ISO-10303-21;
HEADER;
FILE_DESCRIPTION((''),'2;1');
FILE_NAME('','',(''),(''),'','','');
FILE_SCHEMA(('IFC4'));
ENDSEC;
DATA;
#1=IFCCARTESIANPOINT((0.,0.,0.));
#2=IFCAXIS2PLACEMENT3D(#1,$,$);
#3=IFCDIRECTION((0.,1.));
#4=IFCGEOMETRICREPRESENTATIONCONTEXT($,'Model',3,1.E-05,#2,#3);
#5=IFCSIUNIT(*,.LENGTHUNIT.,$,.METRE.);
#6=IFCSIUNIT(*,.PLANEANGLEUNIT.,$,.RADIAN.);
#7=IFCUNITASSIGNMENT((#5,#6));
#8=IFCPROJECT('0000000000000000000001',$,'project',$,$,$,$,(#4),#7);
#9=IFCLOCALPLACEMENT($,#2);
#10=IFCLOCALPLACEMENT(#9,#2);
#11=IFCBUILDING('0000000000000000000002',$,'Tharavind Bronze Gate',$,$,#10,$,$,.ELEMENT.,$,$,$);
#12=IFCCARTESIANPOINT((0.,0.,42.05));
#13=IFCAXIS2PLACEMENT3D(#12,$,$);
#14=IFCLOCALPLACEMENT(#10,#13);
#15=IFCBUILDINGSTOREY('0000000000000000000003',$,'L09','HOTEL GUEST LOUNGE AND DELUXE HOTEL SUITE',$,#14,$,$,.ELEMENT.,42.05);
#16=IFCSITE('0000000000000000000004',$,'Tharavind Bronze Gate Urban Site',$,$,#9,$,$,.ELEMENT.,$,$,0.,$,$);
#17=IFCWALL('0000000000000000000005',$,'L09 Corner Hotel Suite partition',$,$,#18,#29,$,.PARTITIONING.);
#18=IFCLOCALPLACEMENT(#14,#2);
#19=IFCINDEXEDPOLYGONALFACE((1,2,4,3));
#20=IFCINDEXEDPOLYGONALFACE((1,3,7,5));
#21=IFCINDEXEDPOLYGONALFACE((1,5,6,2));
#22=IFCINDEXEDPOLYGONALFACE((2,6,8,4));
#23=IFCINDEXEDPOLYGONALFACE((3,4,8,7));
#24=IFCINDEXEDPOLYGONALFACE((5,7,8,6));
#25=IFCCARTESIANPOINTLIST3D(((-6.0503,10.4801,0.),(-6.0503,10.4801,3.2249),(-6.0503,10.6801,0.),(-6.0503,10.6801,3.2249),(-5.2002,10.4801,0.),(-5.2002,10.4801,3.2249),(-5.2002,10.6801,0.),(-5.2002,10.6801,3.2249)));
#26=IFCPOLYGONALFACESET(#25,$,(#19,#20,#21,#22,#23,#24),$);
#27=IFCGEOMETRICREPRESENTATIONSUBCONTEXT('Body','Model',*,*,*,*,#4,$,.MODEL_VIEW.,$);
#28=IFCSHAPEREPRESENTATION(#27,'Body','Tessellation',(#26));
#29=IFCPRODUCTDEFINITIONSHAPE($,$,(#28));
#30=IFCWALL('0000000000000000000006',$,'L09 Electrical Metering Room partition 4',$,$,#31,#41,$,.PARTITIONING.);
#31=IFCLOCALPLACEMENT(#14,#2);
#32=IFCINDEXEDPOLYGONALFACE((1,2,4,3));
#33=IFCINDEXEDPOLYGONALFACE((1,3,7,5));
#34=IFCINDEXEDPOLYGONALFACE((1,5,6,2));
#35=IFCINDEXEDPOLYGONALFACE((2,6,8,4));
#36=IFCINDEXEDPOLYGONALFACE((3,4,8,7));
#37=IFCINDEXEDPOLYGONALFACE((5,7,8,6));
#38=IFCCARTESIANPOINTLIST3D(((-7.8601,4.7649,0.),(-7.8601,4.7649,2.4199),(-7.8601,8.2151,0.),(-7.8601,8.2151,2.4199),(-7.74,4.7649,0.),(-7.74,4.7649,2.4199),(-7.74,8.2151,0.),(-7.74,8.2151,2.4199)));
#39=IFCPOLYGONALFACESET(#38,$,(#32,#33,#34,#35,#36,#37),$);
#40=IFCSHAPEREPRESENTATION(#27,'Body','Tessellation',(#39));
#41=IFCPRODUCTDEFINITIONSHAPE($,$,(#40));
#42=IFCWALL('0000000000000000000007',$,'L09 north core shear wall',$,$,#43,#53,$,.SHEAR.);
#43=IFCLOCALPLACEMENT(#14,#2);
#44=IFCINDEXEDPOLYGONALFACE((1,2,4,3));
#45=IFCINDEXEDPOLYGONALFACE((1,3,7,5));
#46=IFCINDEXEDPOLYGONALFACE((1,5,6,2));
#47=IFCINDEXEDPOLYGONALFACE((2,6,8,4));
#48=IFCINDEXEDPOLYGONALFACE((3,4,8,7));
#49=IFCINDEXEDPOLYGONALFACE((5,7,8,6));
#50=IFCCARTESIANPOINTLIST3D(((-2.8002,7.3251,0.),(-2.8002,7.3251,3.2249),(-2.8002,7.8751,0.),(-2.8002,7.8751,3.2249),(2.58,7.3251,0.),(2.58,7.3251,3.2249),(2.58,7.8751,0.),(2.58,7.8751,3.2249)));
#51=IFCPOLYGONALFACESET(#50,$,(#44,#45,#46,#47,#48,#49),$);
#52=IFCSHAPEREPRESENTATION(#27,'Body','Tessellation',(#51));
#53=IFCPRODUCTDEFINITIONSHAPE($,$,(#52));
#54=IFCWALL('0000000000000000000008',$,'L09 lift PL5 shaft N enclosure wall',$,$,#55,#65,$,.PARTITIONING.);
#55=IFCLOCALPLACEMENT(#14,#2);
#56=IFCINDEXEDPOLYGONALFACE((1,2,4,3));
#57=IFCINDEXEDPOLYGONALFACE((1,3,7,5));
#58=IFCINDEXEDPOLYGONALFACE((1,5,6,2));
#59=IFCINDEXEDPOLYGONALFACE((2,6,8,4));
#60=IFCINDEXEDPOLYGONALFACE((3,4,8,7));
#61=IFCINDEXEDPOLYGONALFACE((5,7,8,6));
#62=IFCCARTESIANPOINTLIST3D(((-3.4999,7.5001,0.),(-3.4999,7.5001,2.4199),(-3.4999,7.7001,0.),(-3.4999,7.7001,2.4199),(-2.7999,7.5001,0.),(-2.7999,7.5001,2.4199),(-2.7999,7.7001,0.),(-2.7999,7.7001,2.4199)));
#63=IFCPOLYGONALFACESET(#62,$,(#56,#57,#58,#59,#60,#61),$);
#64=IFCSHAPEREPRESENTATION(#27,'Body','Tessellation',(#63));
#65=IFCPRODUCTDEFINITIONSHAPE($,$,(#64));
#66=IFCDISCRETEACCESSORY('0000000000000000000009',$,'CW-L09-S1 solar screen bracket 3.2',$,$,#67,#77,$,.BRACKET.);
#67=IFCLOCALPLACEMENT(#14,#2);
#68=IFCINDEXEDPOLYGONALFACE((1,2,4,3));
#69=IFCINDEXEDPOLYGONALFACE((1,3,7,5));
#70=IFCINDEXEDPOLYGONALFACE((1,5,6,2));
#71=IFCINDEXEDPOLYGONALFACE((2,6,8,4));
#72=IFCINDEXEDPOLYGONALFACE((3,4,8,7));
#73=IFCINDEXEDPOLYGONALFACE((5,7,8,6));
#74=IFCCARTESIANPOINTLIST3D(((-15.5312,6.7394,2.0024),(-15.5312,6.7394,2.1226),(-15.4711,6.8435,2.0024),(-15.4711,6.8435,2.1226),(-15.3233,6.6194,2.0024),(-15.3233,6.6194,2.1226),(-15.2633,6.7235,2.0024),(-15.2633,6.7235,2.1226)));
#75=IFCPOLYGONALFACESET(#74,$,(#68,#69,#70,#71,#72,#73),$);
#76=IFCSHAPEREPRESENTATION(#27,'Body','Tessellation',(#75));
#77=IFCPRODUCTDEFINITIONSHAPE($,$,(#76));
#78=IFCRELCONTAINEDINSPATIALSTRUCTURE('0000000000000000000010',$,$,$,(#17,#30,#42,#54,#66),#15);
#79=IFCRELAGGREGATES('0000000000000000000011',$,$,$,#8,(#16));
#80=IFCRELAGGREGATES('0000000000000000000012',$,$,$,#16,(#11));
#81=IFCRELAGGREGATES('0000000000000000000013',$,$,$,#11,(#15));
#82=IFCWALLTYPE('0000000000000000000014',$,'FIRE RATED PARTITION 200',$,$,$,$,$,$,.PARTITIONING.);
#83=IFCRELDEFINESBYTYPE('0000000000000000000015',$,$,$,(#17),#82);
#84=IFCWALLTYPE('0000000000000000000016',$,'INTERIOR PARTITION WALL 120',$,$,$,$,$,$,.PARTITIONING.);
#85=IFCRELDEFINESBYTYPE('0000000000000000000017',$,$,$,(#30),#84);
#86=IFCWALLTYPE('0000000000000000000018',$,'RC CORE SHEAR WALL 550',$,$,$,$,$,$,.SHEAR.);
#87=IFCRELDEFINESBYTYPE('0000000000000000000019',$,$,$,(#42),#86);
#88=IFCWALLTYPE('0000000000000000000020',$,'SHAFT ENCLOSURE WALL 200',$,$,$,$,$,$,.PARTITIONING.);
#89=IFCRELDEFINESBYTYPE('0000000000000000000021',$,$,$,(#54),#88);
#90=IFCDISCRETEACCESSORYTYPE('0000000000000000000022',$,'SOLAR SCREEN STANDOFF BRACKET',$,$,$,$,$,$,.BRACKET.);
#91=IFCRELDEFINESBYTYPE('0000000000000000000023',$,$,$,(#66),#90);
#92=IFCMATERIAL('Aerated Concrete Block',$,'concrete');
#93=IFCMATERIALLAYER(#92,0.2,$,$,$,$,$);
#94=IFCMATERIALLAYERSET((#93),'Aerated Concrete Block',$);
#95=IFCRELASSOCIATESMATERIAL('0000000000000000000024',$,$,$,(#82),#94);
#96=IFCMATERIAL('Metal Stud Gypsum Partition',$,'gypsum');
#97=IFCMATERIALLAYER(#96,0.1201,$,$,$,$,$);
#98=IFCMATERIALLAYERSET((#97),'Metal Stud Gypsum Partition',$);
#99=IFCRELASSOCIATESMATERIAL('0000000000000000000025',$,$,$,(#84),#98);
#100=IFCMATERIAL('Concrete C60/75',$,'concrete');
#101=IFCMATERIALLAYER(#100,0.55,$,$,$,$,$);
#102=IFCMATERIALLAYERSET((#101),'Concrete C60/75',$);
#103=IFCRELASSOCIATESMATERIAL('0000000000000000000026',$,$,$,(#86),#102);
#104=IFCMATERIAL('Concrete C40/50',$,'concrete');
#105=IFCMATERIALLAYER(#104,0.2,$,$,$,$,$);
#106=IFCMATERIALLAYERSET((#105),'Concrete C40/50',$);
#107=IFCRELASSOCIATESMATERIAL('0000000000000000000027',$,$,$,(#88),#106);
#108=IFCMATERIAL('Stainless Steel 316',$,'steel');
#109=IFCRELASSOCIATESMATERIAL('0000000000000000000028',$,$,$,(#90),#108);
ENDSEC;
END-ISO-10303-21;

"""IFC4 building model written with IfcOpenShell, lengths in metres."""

from ifc_helpers import new_model, si_unit, direction, frame, frame_2d, origin, origin_2d, place, context, subcontext, project, spatial, rectangle, extrude, material, layer, layer_set, type_object, element, save


model = new_model("IFC4")

# Units and contexts
model_context = context("Model", 3, precision=1e-05, world=origin(), true_north=direction((0.0, 1.0)))
body_context = subcontext(model_context, "Body", "Model", "MODEL_VIEW")
ifc_project = project(units=[si_unit("LENGTHUNIT", "METRE"), si_unit("PLANEANGLEUNIT", "RADIAN")], contexts=[model_context])

# Site, building, storey
site_placement = place(None, origin())
site = spatial("IfcSite", under=ifc_project, at=site_placement, Name="Tharavind Bronze Gate Urban Site", CompositionType="ELEMENT", RefElevation=0.0)
building_placement = place(site_placement, origin())
building = spatial("IfcBuilding", under=site, at=building_placement, Name="Tharavind Bronze Gate", CompositionType="ELEMENT")
storey_placement = place(building_placement, frame((0.0, 0.0, 42.05)))
storey = spatial("IfcBuildingStorey", under=building, at=storey_placement, Name="L09", Description="HOTEL GUEST LOUNGE AND DELUXE HOTEL SUITE", CompositionType="ELEMENT", Elevation=42.05)

# Shared definitions
ifc_material_1 = material(Name="Aerated Concrete Block", Category="concrete")
ifc_layer_1 = layer(ifc_material_1, 0.2)
ifc_layer_set_1 = layer_set([ifc_layer_1], Name="Aerated Concrete Block")
wall_type_1 = type_object("IfcWallType", Name="FIRE RATED PARTITION 200", PredefinedType="PARTITIONING", material=ifc_layer_set_1)

# Wall
wall_1_placement = place(storey_placement, frame((-5.2002, 10.5801, 0.0), z_axis=(0.0, 0.0, 1.0), x_axis=(-1.0, 0.0, 0.0)))
element("IfcWall", 1, at=wall_1_placement, inside=storey, type_object=wall_type_1, Name="L09 Corner Hotel Suite partition", PredefinedType="PARTITIONING", context=body_context, shape_type="SweptSolid", body=[
    extrude(rectangle(XDim=0.8501, YDim=0.2, at=frame_2d((0.425, 0.0))), origin(), (0.0, 0.0, 1.0), 3.2249),
])

# Walls
ifc_material_2 = material(Name="Metal Stud Gypsum Partition", Category="gypsum")
ifc_layer_2 = layer(ifc_material_2, 0.1201)
ifc_layer_set_2 = layer_set([ifc_layer_2], Name="Metal Stud Gypsum Partition")
wall_type_2 = type_object("IfcWallType", Name="INTERIOR PARTITION WALL 120", PredefinedType="PARTITIONING", material=ifc_layer_set_2)
wall_2_placement = place(storey_placement, frame((-7.8, 8.2151, 0.0), z_axis=(0.0, 0.0, 1.0), x_axis=(0.0, -1.0, 0.0)))
element("IfcWall", 2, at=wall_2_placement, inside=storey, type_object=wall_type_2, Name="L09 Electrical Metering Room partition 4", PredefinedType="PARTITIONING", context=body_context, shape_type="SweptSolid", body=[
    extrude(rectangle(XDim=3.4502, YDim=0.1201, at=frame_2d((1.7251, 0.0))), origin(), (0.0, 0.0, 1.0), 2.4199),
])
ifc_material_3 = material(Name="Concrete C60/75", Category="concrete")
ifc_layer_3 = layer(ifc_material_3, 0.55)
ifc_layer_set_3 = layer_set([ifc_layer_3], Name="Concrete C60/75")
wall_type_3 = type_object("IfcWallType", Name="RC CORE SHEAR WALL 550", PredefinedType="SHEAR", material=ifc_layer_set_3)
wall_3_placement = place(storey_placement, frame((-2.8, 7.6001, 0.0), z_axis=(0.0, 0.0, 1.0), x_axis=(1.0, 0.0, 0.0)))
element("IfcWall", 3, at=wall_3_placement, inside=storey, type_object=wall_type_3, Name="L09 north core shear wall", PredefinedType="SHEAR", context=body_context, shape_type="SweptSolid", body=[
    extrude(rectangle(XDim=5.3801, YDim=0.55, at=frame_2d((2.6899, 0.0))), origin(), (0.0, 0.0, 1.0), 3.2249),
])
ifc_material_4 = material(Name="Concrete C40/50", Category="concrete")
ifc_layer_4 = layer(ifc_material_4, 0.2)
ifc_layer_set_4 = layer_set([ifc_layer_4], Name="Concrete C40/50")
wall_type_4 = type_object("IfcWallType", Name="SHAFT ENCLOSURE WALL 200", PredefinedType="PARTITIONING", material=ifc_layer_set_4)
wall_4_placement = place(storey_placement, frame((-3.5, 7.6001, 0.0), z_axis=(0.0, 0.0, 1.0), x_axis=(1.0, 0.0, 0.0)))
element("IfcWall", 4, at=wall_4_placement, inside=storey, type_object=wall_type_4, Name="L09 lift PL5 shaft N enclosure wall", PredefinedType="PARTITIONING", context=body_context, shape_type="SweptSolid", body=[
    extrude(rectangle(XDim=0.7, YDim=0.2, at=frame_2d((0.3501, 0.0))), origin(), (0.0, 0.0, 1.0), 2.4199),
])

# Discrete accessory
ifc_material_5 = material(Name="Stainless Steel 316", Category="steel")
discrete_accessory_type = type_object("IfcDiscreteAccessoryType", Name="SOLAR SCREEN STANDOFF BRACKET", PredefinedType="BRACKET", material=ifc_material_5)
discrete_accessory_placement = place(storey_placement, frame((-15.3972, 6.7314, 2.0024), z_axis=(0.0, 0.0, 1.0), x_axis=(-0.500002, -0.866025, 0.0)))
element("IfcDiscreteAccessory", 5, at=discrete_accessory_placement, inside=storey, type_object=discrete_accessory_type, Name="CW-L09-S1 solar screen bracket 3.2", PredefinedType="BRACKET", context=body_context, shape_type="SweptSolid", body=[
    extrude(rectangle(XDim=0.1201, YDim=0.24, at=origin_2d()), origin(), (0.0, 0.0, 1.0), 0.1201),
])

save(model, "model.ifc")
